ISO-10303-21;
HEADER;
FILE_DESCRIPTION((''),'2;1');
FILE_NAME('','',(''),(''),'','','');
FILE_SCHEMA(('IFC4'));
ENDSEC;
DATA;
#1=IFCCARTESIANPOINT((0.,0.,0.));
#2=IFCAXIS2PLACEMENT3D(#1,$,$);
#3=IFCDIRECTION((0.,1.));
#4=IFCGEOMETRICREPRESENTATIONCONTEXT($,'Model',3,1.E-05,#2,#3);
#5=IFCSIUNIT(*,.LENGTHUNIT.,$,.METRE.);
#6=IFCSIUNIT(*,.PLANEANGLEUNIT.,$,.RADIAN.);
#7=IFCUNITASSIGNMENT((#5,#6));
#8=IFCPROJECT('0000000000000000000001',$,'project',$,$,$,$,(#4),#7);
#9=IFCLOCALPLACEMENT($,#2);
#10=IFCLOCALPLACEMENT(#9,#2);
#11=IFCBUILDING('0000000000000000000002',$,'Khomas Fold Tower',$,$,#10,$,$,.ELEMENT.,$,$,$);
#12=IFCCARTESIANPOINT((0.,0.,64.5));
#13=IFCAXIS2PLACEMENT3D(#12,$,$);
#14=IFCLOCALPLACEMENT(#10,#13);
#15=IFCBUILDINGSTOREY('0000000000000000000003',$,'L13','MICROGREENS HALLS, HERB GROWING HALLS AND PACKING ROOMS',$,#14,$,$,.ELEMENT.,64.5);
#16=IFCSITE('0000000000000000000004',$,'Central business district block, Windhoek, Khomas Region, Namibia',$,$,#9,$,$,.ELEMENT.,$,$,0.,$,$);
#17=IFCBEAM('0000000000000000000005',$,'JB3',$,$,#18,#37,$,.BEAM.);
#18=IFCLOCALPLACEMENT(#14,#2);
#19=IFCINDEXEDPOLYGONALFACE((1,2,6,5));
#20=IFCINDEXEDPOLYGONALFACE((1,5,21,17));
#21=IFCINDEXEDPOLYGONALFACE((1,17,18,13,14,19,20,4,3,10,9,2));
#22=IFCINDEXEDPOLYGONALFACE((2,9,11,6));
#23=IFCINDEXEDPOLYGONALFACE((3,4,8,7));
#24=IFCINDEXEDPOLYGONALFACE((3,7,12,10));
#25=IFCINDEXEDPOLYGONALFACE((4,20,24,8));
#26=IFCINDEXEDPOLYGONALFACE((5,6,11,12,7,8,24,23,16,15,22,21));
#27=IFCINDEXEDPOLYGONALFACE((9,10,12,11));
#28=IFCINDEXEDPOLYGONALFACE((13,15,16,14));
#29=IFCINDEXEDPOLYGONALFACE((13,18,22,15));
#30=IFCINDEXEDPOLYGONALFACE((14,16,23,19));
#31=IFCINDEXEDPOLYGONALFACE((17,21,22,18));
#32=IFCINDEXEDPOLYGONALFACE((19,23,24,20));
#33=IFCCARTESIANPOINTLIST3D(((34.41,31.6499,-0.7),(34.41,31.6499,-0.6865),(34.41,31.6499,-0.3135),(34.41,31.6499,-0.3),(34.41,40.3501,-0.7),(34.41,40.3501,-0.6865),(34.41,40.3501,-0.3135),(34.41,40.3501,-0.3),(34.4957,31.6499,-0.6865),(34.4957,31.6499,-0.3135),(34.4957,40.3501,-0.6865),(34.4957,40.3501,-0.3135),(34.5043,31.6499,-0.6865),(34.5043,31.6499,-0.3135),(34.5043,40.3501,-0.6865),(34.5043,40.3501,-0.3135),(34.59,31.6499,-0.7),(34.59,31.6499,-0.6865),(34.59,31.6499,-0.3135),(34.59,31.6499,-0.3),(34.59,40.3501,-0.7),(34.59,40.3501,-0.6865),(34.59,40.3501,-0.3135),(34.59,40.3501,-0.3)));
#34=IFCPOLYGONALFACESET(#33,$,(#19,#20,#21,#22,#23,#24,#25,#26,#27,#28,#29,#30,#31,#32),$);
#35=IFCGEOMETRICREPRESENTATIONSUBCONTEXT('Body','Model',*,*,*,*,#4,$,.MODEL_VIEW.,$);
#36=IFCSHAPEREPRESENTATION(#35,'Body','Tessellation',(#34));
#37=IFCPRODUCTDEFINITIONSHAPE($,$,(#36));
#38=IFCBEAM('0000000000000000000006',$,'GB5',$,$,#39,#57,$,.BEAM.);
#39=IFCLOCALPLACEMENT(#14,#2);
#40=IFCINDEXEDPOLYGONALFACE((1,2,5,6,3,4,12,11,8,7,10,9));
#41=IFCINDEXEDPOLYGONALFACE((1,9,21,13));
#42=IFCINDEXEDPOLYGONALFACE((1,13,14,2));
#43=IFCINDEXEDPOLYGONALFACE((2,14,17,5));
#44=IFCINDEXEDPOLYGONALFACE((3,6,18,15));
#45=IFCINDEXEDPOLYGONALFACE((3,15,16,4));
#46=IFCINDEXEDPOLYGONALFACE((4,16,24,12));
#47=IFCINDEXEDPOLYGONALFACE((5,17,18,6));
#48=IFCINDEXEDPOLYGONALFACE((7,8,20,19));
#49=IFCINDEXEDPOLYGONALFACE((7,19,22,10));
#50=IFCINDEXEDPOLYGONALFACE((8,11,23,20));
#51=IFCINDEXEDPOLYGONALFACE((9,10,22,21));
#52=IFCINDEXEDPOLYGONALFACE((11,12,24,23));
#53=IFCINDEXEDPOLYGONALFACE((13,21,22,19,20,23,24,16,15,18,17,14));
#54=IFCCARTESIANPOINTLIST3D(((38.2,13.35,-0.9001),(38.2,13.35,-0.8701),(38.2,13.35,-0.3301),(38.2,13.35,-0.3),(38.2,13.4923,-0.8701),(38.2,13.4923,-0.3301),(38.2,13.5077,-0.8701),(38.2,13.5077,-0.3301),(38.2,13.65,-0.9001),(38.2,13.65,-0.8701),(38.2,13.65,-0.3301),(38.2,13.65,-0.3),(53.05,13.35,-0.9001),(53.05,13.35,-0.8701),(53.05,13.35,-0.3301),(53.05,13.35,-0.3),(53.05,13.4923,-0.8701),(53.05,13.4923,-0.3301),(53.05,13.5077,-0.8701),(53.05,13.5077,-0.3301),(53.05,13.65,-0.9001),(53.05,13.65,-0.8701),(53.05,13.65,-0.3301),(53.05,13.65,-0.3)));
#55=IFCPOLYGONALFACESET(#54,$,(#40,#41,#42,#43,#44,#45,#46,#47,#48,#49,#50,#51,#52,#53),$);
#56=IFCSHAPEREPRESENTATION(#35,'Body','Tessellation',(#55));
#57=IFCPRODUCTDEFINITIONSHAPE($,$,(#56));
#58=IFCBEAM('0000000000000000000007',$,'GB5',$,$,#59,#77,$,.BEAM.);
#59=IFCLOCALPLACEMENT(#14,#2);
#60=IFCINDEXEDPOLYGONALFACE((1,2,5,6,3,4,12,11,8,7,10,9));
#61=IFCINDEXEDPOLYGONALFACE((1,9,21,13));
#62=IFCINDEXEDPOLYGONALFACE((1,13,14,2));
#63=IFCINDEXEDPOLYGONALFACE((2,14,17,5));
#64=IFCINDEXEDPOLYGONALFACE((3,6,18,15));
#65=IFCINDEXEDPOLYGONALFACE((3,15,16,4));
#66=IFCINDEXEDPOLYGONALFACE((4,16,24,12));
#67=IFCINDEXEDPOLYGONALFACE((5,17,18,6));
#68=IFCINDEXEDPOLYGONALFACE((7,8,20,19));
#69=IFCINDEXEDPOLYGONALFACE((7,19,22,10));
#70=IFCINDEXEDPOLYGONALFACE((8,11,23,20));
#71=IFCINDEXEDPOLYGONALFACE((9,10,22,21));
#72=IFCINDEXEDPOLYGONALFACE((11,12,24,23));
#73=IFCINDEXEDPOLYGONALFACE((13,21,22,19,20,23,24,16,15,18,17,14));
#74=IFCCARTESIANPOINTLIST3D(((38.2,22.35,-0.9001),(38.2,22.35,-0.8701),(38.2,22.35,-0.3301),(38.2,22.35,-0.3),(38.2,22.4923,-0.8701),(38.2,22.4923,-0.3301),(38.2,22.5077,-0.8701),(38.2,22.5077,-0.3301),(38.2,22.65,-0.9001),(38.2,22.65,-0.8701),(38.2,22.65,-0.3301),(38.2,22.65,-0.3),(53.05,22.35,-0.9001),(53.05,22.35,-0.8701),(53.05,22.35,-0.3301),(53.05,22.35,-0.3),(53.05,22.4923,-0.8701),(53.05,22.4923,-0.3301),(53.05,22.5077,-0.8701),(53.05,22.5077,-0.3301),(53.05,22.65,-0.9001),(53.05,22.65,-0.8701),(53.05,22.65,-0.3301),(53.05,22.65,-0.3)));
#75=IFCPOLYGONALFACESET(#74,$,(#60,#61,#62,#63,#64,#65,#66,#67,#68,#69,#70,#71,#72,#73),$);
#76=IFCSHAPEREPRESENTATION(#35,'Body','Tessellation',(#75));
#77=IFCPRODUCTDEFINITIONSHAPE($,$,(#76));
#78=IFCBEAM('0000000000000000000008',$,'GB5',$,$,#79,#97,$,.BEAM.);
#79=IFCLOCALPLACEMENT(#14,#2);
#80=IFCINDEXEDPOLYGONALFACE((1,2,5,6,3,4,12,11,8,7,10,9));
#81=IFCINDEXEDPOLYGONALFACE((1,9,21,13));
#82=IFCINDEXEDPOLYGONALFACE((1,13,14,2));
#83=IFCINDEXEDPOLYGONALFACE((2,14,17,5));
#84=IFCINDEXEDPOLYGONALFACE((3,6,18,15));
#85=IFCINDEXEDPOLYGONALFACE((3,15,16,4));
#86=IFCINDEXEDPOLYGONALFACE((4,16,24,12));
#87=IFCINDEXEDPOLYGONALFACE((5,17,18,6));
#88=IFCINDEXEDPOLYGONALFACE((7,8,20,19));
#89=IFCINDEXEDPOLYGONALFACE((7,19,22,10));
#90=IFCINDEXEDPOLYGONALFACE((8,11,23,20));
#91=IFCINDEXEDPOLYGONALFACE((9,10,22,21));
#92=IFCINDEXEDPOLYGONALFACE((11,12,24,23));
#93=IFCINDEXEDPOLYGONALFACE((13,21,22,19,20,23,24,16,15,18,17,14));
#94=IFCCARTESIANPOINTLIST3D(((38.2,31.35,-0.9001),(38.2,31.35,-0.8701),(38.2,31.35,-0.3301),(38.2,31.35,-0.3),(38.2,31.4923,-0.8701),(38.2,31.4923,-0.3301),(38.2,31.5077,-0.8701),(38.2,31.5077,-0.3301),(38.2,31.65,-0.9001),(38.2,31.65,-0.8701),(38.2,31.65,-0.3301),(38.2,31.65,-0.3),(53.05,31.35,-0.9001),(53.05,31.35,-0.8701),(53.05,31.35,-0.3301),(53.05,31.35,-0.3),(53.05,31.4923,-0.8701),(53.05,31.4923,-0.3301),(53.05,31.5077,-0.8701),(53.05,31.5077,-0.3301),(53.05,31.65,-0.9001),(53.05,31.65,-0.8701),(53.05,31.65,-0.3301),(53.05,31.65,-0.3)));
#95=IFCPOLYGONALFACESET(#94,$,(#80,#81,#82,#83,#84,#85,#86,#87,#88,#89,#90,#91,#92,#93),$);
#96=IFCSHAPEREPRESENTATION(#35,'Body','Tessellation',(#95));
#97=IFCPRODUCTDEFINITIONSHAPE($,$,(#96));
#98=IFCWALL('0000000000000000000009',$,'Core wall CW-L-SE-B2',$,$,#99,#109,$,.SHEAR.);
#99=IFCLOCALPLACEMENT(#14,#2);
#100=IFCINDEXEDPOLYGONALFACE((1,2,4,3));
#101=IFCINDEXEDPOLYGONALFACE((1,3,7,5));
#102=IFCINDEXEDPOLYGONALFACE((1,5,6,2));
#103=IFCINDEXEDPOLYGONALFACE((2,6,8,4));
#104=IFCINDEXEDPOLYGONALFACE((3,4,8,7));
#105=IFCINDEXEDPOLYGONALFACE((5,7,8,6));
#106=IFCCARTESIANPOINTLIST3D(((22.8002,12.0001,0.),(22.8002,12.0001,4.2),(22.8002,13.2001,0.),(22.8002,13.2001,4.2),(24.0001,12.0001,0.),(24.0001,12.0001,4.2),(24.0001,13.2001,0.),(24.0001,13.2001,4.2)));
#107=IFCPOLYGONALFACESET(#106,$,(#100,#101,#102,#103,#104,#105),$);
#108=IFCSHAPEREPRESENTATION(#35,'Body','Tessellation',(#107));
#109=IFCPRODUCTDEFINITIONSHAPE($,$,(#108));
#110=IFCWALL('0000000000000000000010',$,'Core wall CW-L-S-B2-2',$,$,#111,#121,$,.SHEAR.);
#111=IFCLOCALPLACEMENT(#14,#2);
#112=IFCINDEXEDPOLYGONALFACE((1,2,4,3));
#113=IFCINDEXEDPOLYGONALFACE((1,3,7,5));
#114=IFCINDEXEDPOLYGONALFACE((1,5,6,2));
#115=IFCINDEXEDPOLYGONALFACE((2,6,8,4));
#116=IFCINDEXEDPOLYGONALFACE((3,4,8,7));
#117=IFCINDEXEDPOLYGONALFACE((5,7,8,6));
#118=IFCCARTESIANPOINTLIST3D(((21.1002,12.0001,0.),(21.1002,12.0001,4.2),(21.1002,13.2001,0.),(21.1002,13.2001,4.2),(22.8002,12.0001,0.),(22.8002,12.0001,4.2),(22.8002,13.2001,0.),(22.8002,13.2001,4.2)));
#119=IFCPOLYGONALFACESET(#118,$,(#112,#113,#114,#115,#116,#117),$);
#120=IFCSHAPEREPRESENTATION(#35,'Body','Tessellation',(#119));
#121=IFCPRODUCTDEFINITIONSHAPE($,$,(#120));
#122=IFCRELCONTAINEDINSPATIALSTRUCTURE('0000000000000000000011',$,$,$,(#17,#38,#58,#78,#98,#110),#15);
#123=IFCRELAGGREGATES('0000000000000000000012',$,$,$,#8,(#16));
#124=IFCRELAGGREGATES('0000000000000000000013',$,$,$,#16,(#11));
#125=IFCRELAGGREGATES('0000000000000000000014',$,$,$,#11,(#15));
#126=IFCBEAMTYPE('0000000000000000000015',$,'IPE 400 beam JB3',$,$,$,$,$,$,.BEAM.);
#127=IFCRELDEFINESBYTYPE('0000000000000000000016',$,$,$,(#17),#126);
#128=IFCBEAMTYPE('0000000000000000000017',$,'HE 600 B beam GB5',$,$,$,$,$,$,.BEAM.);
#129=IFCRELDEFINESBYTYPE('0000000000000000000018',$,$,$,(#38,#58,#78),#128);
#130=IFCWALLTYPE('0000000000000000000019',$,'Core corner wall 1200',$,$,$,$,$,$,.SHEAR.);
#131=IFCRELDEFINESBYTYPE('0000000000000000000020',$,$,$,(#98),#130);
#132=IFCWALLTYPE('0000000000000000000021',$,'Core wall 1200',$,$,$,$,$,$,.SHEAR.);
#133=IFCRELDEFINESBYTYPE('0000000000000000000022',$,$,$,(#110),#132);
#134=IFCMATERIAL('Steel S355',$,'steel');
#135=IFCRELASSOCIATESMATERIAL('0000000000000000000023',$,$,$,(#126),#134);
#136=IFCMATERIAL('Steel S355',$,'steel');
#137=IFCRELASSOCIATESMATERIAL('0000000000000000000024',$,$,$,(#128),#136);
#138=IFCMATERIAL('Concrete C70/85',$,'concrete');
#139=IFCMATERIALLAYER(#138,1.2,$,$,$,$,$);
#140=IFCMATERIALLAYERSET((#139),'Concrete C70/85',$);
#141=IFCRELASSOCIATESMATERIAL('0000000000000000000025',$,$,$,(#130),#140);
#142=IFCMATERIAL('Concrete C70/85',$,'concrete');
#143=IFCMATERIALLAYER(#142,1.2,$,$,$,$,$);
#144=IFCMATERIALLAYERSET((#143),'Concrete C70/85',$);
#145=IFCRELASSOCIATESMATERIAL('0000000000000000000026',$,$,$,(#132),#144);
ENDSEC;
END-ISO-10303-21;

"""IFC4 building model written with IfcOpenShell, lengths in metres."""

from ifc_helpers import new_model, si_unit, direction, frame, frame_2d, origin, origin_2d, place, context, subcontext, project, spatial, rectangle, i_section, extrude, source, transform, mapped, material, layer, layer_set, material_profile, profile_set, type_object, element, save


model = new_model("IFC4")

# Units and contexts
model_context = context("Model", 3, precision=1e-05, world=origin(), true_north=direction((0.0, 1.0)))
body_context = subcontext(model_context, "Body", "Model", "MODEL_VIEW")
ifc_project = project(units=[si_unit("LENGTHUNIT", "METRE"), si_unit("PLANEANGLEUNIT", "RADIAN")], contexts=[model_context])

# Site, building, storey
site_placement = place(None, origin())
site = spatial("IfcSite", under=ifc_project, at=site_placement, Name="Central business district block, Windhoek, Khomas Region, Namibia", CompositionType="ELEMENT", RefElevation=0.0)
building_placement = place(site_placement, origin())
building = spatial("IfcBuilding", under=site, at=building_placement, Name="Khomas Fold Tower", CompositionType="ELEMENT")
storey_placement = place(building_placement, frame((0.0, 0.0, 64.5)))
storey = spatial("IfcBuildingStorey", under=building, at=storey_placement, Name="L13", Description="MICROGREENS HALLS, HERB GROWING HALLS AND PACKING ROOMS", CompositionType="ELEMENT", Elevation=64.5)

# Beams
ifc_material_1 = material(Name="Steel S355", Category="steel")
ifc_material_profile_1 = material_profile(ifc_material_1, i_section(OverallWidth=0.1799, OverallDepth=0.3999, WebThickness=0.0085, FlangeThickness=0.0134, at=origin_2d()), Name="IPE 400")
ifc_profile_set_1 = profile_set([ifc_material_profile_1], Name="Steel S355")
beam_type_1 = type_object("IfcBeamType", Name="IPE 400 beam JB3", PredefinedType="BEAM", material=ifc_profile_set_1)
shared_shape_1 = source(origin(), body_context, "Body", "SweptSolid", [
    extrude(i_section(OverallWidth=0.1799, OverallDepth=0.3999, WebThickness=0.0085, FlangeThickness=0.0134, at=origin_2d()), origin(), (0.0, 0.0, 1.0), 8.7002),
])
for number, where, z_axis, x_axis, name in (
    (1, (34.5, 31.6499, -0.5), (0.0, 1.0, 0.0), (-1.0, 0.0, 0.0), "JB3"),
):
    element("IfcBeam", number, at=place(storey_placement, frame(where, z_axis=z_axis, x_axis=x_axis)), inside=storey, type_object=beam_type_1, Name=name, PredefinedType="BEAM", context=body_context, shape_type="MappedRepresentation", body=[
        mapped(shared_shape_1, transform((0.0, 0.0, 0.0))),
    ])
ifc_material_2 = material(Name="Steel S355", Category="steel")
ifc_material_profile_2 = material_profile(ifc_material_2, i_section(OverallWidth=0.3, OverallDepth=0.6001, WebThickness=0.0154, FlangeThickness=0.03, at=origin_2d()), Name="HE 600 B")
ifc_profile_set_2 = profile_set([ifc_material_profile_2], Name="Steel S355")
beam_type_2 = type_object("IfcBeamType", Name="HE 600 B beam GB5", PredefinedType="BEAM", material=ifc_profile_set_2)
shared_shape_2 = source(origin(), body_context, "Body", "SweptSolid", [
    extrude(i_section(OverallWidth=0.3, OverallDepth=0.6001, WebThickness=0.0154, FlangeThickness=0.03, at=origin_2d()), origin(), (0.0, 0.0, 1.0), 14.8501),
])
for number, where, z_axis, x_axis, name in (
    (2, (38.2, 13.5, -0.6001), (1.0, 0.0, 0.0), (0.0, 1.0, 0.0), "GB5"),
    (3, (38.2, 22.5, -0.6001), (1.0, 0.0, 0.0), (0.0, 1.0, 0.0), "GB5"),
    (4, (38.2, 31.5, -0.6001), (1.0, 0.0, 0.0), (0.0, 1.0, 0.0), "GB5"),
):
    element("IfcBeam", number, at=place(storey_placement, frame(where, z_axis=z_axis, x_axis=x_axis)), inside=storey, type_object=beam_type_2, Name=name, PredefinedType="BEAM", context=body_context, shape_type="MappedRepresentation", body=[
        mapped(shared_shape_2, transform((0.0, 0.0, 0.0))),
    ])

# Walls
ifc_material_3 = material(Name="Concrete C70/85", Category="concrete")
ifc_layer_1 = layer(ifc_material_3, 1.2)
ifc_layer_set_1 = layer_set([ifc_layer_1], Name="Concrete C70/85")
wall_type_1 = type_object("IfcWallType", Name="Core corner wall 1200", PredefinedType="SHEAR", material=ifc_layer_set_1)
shared_shape_3 = source(origin(), body_context, "Body", "SweptSolid", [
    extrude(rectangle(XDim=1.2, YDim=1.2, at=frame_2d((0.6001, 0.0))), origin(), (0.0, 0.0, 1.0), 4.2),
])
wall_1_placement = place(storey_placement, frame((22.8, 12.6001, 0.0), z_axis=(0.0, 0.0, 1.0), x_axis=(1.0, 0.0, 0.0)))
element("IfcWall", 5, at=wall_1_placement, inside=storey, type_object=wall_type_1, Name="Core wall CW-L-SE-B2", PredefinedType="SHEAR", context=body_context, shape_type="MappedRepresentation", body=[
    mapped(shared_shape_3, transform((0.0, 0.0, 0.0))),
])
ifc_material_4 = material(Name="Concrete C70/85", Category="concrete")
ifc_layer_2 = layer(ifc_material_4, 1.2)
ifc_layer_set_2 = layer_set([ifc_layer_2], Name="Concrete C70/85")
wall_type_2 = type_object("IfcWallType", Name="Core wall 1200", PredefinedType="SHEAR", material=ifc_layer_set_2)
shared_shape_4 = source(origin(), body_context, "Body", "SweptSolid", [
    extrude(rectangle(XDim=1.7, YDim=1.2, at=frame_2d((0.8501, 0.0))), origin(), (0.0, 0.0, 1.0), 4.2),
])
wall_2_placement = place(storey_placement, frame((21.1001, 12.6001, 0.0), z_axis=(0.0, 0.0, 1.0), x_axis=(1.0, 0.0, 0.0)))
element("IfcWall", 6, at=wall_2_placement, inside=storey, type_object=wall_type_2, Name="Core wall CW-L-S-B2-2", PredefinedType="SHEAR", context=body_context, shape_type="MappedRepresentation", body=[
    mapped(shared_shape_4, transform((0.0, 0.0, 0.0))),
])

save(model, "model.ifc")
